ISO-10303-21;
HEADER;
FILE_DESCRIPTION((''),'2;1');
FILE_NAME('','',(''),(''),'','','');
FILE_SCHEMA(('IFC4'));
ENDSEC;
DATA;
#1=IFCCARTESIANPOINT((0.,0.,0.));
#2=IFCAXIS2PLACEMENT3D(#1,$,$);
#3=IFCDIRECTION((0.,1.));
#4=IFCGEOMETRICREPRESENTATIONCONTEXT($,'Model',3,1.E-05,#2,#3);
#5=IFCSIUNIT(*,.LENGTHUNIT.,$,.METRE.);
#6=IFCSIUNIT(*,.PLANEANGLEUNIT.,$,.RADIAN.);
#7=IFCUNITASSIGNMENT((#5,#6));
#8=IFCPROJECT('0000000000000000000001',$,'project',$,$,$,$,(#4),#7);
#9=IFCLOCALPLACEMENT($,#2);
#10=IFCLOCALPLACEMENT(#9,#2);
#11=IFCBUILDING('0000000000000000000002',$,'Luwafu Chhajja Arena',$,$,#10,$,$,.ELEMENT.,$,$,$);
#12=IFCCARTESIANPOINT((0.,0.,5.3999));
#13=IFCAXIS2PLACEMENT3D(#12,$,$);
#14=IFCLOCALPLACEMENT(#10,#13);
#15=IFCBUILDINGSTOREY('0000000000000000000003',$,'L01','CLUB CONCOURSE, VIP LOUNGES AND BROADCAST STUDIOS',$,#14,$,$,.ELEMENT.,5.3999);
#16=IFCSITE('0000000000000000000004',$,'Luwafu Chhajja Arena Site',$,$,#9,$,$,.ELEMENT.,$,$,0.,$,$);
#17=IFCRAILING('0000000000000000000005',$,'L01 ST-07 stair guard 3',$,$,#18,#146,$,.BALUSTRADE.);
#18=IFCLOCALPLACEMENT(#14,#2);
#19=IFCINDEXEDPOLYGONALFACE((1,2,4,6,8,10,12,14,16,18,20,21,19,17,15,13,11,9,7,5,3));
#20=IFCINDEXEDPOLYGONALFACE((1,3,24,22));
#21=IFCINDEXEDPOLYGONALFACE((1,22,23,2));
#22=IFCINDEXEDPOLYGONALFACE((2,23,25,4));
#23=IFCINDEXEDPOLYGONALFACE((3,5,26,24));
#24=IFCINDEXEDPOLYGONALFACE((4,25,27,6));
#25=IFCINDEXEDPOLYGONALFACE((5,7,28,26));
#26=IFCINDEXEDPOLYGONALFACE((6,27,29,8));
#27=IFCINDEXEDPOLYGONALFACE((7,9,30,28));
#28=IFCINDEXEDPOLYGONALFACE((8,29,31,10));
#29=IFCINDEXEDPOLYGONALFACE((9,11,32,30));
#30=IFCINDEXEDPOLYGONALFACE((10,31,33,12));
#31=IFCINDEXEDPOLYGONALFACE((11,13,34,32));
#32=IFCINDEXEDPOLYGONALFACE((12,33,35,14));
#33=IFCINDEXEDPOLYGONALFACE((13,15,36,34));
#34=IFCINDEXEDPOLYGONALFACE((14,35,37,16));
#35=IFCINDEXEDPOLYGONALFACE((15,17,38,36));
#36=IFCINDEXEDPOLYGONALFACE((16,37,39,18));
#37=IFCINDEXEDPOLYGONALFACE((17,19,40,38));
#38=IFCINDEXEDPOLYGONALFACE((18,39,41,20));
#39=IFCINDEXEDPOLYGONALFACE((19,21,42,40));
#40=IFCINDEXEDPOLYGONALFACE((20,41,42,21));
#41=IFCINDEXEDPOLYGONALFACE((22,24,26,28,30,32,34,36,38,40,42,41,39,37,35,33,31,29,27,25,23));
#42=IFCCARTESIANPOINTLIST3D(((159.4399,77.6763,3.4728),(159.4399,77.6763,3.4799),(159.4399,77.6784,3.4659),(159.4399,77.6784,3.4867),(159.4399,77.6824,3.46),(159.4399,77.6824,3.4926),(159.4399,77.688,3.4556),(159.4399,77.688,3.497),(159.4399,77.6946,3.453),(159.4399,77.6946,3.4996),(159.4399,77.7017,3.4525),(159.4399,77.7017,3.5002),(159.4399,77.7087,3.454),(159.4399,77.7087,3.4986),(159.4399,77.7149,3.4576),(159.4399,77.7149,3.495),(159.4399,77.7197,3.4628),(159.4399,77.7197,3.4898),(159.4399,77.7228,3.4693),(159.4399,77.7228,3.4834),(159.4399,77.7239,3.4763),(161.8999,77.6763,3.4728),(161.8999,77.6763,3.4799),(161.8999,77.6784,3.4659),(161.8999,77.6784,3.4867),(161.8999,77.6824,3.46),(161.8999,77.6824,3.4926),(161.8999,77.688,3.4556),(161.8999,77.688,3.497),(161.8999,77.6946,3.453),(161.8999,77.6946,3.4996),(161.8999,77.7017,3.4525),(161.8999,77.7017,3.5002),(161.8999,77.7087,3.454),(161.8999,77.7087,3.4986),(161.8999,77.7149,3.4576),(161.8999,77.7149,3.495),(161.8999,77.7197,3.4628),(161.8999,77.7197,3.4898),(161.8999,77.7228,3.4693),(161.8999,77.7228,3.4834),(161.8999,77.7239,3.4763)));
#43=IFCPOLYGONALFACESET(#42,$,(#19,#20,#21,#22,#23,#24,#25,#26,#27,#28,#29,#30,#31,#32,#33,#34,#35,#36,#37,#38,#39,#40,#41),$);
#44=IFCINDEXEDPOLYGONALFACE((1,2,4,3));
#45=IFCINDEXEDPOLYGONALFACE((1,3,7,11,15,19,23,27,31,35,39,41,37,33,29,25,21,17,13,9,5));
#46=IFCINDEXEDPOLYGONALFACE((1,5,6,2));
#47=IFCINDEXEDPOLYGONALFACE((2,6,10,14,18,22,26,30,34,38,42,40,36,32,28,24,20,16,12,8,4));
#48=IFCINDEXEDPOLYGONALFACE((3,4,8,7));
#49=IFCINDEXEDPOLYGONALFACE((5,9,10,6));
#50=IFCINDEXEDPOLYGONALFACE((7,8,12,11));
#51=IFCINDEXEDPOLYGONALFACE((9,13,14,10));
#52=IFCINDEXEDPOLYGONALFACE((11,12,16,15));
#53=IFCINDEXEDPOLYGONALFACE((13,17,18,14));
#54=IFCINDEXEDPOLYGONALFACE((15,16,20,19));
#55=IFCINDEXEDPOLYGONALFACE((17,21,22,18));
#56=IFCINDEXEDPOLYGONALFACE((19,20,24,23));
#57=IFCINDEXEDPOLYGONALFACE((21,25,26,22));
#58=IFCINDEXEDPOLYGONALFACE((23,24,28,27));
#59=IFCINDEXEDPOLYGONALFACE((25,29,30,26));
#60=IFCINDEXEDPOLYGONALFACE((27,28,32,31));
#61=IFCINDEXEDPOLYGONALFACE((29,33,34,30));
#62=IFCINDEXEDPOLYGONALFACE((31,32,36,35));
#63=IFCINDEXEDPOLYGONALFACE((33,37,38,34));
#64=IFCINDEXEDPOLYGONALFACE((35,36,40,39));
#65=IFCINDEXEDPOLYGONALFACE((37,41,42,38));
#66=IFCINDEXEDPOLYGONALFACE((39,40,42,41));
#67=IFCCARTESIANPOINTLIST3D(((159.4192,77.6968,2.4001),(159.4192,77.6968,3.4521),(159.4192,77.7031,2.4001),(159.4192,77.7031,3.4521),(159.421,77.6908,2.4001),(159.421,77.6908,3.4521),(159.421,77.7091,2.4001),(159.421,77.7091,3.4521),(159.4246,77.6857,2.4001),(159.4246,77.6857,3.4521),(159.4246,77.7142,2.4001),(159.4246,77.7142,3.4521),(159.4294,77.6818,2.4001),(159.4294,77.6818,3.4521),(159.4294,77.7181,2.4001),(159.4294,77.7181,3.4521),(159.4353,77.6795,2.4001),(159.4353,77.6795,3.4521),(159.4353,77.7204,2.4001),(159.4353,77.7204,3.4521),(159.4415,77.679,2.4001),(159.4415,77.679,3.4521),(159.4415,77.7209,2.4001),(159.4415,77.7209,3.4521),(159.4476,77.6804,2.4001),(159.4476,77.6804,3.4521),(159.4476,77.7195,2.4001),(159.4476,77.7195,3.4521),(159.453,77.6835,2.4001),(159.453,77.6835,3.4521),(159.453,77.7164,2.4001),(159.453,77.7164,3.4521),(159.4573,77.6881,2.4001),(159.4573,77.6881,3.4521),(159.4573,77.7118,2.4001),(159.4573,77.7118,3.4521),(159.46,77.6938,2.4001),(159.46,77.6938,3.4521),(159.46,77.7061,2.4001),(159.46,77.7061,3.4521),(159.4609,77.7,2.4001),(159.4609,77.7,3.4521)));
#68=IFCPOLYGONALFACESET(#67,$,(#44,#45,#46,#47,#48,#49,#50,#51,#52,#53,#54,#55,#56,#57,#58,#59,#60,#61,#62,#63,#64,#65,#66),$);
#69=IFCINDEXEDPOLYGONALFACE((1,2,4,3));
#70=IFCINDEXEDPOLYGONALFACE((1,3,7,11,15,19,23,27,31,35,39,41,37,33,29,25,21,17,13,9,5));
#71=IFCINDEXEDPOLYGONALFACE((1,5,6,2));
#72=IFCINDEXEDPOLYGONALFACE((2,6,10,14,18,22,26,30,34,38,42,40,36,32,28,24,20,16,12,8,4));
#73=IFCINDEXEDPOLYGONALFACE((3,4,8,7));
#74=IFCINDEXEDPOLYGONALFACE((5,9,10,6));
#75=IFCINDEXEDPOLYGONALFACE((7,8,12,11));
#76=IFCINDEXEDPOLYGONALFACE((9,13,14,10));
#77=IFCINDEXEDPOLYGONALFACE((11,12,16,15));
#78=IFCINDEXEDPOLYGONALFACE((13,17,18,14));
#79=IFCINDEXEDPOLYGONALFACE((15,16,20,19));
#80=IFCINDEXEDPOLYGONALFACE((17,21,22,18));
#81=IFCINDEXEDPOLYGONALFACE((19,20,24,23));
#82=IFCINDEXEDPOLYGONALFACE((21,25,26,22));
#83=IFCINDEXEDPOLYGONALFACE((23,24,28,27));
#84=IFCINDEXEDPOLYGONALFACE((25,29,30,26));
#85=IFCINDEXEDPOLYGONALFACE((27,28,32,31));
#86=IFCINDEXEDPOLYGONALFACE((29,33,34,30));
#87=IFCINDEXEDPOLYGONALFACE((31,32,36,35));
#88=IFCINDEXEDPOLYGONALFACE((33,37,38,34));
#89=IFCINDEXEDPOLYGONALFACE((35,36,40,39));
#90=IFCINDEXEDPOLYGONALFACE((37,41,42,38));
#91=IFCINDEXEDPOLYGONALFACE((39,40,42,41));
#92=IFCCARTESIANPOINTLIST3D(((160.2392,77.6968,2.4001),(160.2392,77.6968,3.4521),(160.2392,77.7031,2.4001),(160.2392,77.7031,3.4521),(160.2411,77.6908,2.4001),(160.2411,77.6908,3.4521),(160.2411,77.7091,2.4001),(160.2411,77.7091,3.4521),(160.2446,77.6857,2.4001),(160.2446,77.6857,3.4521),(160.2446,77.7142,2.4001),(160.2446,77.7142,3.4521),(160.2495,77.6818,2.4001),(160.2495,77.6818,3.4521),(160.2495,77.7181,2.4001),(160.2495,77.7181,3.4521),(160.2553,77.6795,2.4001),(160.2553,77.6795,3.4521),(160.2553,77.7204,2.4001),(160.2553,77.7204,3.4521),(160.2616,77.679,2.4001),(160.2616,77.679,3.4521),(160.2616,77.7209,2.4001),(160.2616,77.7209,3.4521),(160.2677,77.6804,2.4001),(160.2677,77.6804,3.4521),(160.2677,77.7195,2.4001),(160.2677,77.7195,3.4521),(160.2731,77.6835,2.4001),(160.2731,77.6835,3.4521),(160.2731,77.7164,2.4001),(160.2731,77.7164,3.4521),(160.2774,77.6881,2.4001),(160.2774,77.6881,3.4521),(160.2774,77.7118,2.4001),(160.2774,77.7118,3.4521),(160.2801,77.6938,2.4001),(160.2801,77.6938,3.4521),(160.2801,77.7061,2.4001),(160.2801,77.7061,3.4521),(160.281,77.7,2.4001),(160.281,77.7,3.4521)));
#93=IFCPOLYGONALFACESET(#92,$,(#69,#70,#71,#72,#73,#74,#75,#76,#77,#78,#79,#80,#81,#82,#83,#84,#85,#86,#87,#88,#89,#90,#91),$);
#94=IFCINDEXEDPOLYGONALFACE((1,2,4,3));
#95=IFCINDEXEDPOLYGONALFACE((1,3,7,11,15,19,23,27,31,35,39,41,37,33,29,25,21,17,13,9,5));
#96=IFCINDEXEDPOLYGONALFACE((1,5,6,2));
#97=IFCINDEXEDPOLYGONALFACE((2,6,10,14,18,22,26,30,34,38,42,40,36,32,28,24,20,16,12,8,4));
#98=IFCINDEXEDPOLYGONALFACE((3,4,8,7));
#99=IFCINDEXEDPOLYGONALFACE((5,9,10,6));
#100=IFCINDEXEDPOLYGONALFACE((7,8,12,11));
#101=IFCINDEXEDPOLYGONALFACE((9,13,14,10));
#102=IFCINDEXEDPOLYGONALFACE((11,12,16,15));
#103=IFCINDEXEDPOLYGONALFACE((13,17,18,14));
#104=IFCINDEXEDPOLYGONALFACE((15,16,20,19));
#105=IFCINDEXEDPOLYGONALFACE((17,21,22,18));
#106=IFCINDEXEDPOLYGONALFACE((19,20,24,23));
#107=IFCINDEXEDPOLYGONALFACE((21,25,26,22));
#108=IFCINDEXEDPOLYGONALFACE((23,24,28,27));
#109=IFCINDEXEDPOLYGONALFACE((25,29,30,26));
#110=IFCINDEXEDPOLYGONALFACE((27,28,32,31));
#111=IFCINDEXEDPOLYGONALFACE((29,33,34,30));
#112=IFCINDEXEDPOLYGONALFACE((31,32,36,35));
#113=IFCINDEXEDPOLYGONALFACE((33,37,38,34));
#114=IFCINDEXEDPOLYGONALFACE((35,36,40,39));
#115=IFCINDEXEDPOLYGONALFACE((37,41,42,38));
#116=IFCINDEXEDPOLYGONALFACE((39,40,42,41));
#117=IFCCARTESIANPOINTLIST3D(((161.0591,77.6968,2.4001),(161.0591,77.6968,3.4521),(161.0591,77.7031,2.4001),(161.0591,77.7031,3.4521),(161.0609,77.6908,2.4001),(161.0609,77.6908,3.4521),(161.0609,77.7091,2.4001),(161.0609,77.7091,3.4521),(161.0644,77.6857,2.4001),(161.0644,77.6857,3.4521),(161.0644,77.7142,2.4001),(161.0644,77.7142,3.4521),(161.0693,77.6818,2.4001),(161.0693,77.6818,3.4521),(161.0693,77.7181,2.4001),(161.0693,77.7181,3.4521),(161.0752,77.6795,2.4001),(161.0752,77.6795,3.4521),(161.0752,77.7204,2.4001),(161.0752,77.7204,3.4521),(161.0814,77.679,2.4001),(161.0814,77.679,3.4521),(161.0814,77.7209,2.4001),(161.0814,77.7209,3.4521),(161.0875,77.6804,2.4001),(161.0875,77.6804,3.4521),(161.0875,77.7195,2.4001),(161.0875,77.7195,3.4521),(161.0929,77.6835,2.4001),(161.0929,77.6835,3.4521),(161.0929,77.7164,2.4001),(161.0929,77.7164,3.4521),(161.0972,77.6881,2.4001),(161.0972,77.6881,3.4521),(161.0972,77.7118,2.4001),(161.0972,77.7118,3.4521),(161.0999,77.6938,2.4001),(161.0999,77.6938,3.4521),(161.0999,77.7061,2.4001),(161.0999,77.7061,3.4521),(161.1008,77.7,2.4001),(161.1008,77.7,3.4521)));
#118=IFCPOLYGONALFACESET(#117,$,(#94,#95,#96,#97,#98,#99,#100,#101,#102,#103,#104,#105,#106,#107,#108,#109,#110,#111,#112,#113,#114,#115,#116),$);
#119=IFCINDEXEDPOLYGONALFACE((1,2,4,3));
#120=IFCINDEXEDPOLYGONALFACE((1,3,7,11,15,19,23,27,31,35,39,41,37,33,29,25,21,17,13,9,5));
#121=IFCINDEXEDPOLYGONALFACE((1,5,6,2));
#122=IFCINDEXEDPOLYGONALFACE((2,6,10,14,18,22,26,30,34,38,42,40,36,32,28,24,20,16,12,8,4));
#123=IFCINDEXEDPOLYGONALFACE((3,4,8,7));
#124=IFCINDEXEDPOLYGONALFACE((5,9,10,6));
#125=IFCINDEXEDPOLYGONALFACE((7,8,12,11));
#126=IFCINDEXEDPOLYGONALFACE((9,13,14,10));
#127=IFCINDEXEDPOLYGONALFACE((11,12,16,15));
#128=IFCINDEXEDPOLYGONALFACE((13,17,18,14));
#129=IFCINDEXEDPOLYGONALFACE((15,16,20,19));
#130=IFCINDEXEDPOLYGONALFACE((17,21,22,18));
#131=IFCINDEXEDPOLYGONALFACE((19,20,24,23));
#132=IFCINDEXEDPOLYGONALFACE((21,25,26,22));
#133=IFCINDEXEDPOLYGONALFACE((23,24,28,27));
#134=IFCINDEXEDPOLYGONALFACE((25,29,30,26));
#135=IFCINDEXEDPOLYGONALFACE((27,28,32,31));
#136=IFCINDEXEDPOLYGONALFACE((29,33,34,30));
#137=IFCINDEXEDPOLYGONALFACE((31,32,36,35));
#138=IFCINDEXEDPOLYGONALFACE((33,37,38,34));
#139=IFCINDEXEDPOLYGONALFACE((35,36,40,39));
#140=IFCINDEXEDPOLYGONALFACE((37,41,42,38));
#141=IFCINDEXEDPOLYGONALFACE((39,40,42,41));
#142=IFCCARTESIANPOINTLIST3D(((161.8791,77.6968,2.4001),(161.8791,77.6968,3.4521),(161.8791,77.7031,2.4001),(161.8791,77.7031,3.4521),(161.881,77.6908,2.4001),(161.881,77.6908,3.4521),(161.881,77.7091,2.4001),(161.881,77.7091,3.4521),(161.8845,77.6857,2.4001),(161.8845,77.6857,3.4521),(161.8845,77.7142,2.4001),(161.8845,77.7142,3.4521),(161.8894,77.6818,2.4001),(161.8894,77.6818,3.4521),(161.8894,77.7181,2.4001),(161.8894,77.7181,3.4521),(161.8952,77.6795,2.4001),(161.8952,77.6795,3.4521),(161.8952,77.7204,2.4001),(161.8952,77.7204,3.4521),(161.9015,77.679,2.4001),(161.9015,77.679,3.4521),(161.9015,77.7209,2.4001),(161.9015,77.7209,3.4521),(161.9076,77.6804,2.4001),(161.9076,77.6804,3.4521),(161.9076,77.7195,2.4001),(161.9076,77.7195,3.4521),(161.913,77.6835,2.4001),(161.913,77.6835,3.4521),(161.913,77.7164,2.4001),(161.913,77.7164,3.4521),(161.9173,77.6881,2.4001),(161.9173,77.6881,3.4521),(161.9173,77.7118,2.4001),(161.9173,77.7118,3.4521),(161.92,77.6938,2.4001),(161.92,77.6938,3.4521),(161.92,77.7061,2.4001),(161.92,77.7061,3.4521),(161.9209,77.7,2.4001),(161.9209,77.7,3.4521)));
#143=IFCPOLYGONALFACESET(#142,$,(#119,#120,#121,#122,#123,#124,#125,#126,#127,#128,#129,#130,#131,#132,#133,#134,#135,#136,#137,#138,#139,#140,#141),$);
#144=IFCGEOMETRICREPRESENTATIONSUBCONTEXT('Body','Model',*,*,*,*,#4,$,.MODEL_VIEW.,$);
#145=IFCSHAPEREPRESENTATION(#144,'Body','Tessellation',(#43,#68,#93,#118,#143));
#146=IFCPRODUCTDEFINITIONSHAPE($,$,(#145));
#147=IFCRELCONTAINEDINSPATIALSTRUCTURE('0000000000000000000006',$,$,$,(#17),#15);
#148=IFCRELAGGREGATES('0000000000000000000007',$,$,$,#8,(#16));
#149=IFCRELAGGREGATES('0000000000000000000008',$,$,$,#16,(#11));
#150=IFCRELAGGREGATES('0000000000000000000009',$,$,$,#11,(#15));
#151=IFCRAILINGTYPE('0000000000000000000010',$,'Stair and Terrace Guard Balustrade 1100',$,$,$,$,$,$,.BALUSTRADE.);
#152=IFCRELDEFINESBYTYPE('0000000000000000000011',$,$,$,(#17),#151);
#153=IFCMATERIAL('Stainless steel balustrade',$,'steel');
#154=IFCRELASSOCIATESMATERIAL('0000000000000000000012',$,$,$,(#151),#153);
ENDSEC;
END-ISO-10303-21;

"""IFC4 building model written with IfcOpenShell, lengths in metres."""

from ifc_helpers import new_model, si_unit, direction, frame, origin, origin_2d, place, context, subcontext, project, spatial, circle, extrude, material, type_object, element, save


model = new_model("IFC4")

# Units and contexts
model_context = context("Model", 3, precision=1e-05, world=origin(), true_north=direction((0.0, 1.0)))
body_context = subcontext(model_context, "Body", "Model", "MODEL_VIEW")
ifc_project = project(units=[si_unit("LENGTHUNIT", "METRE"), si_unit("PLANEANGLEUNIT", "RADIAN")], contexts=[model_context])

# Site, building, storey
site_placement = place(None, origin())
site = spatial("IfcSite", under=ifc_project, at=site_placement, Name="Luwafu Chhajja Arena Site", CompositionType="ELEMENT", RefElevation=0.0)
building_placement = place(site_placement, origin())
building = spatial("IfcBuilding", under=site, at=building_placement, Name="Luwafu Chhajja Arena", CompositionType="ELEMENT")
storey_placement = place(building_placement, frame((0.0, 0.0, 5.3999)))
storey = spatial("IfcBuildingStorey", under=building, at=storey_placement, Name="L01", Description="CLUB CONCOURSE, VIP LOUNGES AND BROADCAST STUDIOS", CompositionType="ELEMENT", Elevation=5.3999)

# Railing
ifc_material_1 = material(Name="Stainless steel balustrade", Category="steel")
railing_type_1 = type_object("IfcRailingType", Name="Stair and Terrace Guard Balustrade 1100", PredefinedType="BALUSTRADE", material=ifc_material_1)
railing_1_placement = place(storey_placement, frame((159.4399, 77.7, 2.4001)))
element("IfcRailing", 1, at=railing_1_placement, inside=storey, type_object=railing_type_1, Name="L01 ST-07 stair guard 3", PredefinedType="BALUSTRADE", context=body_context, shape_type="SweptSolid", body=[
    extrude(circle(Radius=0.0239, at=origin_2d()), frame((0.0, 0.0, 1.0762), z_axis=(1.0, 0.0, 0.0), x_axis=(0.0, 1.0, 0.0)), (0.0, 0.0, 1.0), 2.46),
    extrude(circle(Radius=0.021, at=origin_2d()), origin(), (0.0, 0.0, 1.0), 1.052),
    extrude(circle(Radius=0.021, at=origin_2d()), frame((0.8201, 0.0, 0.0)), (0.0, 0.0, 1.0), 1.052),
    extrude(circle(Radius=0.021, at=origin_2d()), frame((1.6399, 0.0, 0.0)), (0.0, 0.0, 1.0), 1.052),
    extrude(circle(Radius=0.021, at=origin_2d()), frame((2.46, 0.0, 0.0)), (0.0, 0.0, 1.0), 1.052),
])

save(model, "model.ifc")
